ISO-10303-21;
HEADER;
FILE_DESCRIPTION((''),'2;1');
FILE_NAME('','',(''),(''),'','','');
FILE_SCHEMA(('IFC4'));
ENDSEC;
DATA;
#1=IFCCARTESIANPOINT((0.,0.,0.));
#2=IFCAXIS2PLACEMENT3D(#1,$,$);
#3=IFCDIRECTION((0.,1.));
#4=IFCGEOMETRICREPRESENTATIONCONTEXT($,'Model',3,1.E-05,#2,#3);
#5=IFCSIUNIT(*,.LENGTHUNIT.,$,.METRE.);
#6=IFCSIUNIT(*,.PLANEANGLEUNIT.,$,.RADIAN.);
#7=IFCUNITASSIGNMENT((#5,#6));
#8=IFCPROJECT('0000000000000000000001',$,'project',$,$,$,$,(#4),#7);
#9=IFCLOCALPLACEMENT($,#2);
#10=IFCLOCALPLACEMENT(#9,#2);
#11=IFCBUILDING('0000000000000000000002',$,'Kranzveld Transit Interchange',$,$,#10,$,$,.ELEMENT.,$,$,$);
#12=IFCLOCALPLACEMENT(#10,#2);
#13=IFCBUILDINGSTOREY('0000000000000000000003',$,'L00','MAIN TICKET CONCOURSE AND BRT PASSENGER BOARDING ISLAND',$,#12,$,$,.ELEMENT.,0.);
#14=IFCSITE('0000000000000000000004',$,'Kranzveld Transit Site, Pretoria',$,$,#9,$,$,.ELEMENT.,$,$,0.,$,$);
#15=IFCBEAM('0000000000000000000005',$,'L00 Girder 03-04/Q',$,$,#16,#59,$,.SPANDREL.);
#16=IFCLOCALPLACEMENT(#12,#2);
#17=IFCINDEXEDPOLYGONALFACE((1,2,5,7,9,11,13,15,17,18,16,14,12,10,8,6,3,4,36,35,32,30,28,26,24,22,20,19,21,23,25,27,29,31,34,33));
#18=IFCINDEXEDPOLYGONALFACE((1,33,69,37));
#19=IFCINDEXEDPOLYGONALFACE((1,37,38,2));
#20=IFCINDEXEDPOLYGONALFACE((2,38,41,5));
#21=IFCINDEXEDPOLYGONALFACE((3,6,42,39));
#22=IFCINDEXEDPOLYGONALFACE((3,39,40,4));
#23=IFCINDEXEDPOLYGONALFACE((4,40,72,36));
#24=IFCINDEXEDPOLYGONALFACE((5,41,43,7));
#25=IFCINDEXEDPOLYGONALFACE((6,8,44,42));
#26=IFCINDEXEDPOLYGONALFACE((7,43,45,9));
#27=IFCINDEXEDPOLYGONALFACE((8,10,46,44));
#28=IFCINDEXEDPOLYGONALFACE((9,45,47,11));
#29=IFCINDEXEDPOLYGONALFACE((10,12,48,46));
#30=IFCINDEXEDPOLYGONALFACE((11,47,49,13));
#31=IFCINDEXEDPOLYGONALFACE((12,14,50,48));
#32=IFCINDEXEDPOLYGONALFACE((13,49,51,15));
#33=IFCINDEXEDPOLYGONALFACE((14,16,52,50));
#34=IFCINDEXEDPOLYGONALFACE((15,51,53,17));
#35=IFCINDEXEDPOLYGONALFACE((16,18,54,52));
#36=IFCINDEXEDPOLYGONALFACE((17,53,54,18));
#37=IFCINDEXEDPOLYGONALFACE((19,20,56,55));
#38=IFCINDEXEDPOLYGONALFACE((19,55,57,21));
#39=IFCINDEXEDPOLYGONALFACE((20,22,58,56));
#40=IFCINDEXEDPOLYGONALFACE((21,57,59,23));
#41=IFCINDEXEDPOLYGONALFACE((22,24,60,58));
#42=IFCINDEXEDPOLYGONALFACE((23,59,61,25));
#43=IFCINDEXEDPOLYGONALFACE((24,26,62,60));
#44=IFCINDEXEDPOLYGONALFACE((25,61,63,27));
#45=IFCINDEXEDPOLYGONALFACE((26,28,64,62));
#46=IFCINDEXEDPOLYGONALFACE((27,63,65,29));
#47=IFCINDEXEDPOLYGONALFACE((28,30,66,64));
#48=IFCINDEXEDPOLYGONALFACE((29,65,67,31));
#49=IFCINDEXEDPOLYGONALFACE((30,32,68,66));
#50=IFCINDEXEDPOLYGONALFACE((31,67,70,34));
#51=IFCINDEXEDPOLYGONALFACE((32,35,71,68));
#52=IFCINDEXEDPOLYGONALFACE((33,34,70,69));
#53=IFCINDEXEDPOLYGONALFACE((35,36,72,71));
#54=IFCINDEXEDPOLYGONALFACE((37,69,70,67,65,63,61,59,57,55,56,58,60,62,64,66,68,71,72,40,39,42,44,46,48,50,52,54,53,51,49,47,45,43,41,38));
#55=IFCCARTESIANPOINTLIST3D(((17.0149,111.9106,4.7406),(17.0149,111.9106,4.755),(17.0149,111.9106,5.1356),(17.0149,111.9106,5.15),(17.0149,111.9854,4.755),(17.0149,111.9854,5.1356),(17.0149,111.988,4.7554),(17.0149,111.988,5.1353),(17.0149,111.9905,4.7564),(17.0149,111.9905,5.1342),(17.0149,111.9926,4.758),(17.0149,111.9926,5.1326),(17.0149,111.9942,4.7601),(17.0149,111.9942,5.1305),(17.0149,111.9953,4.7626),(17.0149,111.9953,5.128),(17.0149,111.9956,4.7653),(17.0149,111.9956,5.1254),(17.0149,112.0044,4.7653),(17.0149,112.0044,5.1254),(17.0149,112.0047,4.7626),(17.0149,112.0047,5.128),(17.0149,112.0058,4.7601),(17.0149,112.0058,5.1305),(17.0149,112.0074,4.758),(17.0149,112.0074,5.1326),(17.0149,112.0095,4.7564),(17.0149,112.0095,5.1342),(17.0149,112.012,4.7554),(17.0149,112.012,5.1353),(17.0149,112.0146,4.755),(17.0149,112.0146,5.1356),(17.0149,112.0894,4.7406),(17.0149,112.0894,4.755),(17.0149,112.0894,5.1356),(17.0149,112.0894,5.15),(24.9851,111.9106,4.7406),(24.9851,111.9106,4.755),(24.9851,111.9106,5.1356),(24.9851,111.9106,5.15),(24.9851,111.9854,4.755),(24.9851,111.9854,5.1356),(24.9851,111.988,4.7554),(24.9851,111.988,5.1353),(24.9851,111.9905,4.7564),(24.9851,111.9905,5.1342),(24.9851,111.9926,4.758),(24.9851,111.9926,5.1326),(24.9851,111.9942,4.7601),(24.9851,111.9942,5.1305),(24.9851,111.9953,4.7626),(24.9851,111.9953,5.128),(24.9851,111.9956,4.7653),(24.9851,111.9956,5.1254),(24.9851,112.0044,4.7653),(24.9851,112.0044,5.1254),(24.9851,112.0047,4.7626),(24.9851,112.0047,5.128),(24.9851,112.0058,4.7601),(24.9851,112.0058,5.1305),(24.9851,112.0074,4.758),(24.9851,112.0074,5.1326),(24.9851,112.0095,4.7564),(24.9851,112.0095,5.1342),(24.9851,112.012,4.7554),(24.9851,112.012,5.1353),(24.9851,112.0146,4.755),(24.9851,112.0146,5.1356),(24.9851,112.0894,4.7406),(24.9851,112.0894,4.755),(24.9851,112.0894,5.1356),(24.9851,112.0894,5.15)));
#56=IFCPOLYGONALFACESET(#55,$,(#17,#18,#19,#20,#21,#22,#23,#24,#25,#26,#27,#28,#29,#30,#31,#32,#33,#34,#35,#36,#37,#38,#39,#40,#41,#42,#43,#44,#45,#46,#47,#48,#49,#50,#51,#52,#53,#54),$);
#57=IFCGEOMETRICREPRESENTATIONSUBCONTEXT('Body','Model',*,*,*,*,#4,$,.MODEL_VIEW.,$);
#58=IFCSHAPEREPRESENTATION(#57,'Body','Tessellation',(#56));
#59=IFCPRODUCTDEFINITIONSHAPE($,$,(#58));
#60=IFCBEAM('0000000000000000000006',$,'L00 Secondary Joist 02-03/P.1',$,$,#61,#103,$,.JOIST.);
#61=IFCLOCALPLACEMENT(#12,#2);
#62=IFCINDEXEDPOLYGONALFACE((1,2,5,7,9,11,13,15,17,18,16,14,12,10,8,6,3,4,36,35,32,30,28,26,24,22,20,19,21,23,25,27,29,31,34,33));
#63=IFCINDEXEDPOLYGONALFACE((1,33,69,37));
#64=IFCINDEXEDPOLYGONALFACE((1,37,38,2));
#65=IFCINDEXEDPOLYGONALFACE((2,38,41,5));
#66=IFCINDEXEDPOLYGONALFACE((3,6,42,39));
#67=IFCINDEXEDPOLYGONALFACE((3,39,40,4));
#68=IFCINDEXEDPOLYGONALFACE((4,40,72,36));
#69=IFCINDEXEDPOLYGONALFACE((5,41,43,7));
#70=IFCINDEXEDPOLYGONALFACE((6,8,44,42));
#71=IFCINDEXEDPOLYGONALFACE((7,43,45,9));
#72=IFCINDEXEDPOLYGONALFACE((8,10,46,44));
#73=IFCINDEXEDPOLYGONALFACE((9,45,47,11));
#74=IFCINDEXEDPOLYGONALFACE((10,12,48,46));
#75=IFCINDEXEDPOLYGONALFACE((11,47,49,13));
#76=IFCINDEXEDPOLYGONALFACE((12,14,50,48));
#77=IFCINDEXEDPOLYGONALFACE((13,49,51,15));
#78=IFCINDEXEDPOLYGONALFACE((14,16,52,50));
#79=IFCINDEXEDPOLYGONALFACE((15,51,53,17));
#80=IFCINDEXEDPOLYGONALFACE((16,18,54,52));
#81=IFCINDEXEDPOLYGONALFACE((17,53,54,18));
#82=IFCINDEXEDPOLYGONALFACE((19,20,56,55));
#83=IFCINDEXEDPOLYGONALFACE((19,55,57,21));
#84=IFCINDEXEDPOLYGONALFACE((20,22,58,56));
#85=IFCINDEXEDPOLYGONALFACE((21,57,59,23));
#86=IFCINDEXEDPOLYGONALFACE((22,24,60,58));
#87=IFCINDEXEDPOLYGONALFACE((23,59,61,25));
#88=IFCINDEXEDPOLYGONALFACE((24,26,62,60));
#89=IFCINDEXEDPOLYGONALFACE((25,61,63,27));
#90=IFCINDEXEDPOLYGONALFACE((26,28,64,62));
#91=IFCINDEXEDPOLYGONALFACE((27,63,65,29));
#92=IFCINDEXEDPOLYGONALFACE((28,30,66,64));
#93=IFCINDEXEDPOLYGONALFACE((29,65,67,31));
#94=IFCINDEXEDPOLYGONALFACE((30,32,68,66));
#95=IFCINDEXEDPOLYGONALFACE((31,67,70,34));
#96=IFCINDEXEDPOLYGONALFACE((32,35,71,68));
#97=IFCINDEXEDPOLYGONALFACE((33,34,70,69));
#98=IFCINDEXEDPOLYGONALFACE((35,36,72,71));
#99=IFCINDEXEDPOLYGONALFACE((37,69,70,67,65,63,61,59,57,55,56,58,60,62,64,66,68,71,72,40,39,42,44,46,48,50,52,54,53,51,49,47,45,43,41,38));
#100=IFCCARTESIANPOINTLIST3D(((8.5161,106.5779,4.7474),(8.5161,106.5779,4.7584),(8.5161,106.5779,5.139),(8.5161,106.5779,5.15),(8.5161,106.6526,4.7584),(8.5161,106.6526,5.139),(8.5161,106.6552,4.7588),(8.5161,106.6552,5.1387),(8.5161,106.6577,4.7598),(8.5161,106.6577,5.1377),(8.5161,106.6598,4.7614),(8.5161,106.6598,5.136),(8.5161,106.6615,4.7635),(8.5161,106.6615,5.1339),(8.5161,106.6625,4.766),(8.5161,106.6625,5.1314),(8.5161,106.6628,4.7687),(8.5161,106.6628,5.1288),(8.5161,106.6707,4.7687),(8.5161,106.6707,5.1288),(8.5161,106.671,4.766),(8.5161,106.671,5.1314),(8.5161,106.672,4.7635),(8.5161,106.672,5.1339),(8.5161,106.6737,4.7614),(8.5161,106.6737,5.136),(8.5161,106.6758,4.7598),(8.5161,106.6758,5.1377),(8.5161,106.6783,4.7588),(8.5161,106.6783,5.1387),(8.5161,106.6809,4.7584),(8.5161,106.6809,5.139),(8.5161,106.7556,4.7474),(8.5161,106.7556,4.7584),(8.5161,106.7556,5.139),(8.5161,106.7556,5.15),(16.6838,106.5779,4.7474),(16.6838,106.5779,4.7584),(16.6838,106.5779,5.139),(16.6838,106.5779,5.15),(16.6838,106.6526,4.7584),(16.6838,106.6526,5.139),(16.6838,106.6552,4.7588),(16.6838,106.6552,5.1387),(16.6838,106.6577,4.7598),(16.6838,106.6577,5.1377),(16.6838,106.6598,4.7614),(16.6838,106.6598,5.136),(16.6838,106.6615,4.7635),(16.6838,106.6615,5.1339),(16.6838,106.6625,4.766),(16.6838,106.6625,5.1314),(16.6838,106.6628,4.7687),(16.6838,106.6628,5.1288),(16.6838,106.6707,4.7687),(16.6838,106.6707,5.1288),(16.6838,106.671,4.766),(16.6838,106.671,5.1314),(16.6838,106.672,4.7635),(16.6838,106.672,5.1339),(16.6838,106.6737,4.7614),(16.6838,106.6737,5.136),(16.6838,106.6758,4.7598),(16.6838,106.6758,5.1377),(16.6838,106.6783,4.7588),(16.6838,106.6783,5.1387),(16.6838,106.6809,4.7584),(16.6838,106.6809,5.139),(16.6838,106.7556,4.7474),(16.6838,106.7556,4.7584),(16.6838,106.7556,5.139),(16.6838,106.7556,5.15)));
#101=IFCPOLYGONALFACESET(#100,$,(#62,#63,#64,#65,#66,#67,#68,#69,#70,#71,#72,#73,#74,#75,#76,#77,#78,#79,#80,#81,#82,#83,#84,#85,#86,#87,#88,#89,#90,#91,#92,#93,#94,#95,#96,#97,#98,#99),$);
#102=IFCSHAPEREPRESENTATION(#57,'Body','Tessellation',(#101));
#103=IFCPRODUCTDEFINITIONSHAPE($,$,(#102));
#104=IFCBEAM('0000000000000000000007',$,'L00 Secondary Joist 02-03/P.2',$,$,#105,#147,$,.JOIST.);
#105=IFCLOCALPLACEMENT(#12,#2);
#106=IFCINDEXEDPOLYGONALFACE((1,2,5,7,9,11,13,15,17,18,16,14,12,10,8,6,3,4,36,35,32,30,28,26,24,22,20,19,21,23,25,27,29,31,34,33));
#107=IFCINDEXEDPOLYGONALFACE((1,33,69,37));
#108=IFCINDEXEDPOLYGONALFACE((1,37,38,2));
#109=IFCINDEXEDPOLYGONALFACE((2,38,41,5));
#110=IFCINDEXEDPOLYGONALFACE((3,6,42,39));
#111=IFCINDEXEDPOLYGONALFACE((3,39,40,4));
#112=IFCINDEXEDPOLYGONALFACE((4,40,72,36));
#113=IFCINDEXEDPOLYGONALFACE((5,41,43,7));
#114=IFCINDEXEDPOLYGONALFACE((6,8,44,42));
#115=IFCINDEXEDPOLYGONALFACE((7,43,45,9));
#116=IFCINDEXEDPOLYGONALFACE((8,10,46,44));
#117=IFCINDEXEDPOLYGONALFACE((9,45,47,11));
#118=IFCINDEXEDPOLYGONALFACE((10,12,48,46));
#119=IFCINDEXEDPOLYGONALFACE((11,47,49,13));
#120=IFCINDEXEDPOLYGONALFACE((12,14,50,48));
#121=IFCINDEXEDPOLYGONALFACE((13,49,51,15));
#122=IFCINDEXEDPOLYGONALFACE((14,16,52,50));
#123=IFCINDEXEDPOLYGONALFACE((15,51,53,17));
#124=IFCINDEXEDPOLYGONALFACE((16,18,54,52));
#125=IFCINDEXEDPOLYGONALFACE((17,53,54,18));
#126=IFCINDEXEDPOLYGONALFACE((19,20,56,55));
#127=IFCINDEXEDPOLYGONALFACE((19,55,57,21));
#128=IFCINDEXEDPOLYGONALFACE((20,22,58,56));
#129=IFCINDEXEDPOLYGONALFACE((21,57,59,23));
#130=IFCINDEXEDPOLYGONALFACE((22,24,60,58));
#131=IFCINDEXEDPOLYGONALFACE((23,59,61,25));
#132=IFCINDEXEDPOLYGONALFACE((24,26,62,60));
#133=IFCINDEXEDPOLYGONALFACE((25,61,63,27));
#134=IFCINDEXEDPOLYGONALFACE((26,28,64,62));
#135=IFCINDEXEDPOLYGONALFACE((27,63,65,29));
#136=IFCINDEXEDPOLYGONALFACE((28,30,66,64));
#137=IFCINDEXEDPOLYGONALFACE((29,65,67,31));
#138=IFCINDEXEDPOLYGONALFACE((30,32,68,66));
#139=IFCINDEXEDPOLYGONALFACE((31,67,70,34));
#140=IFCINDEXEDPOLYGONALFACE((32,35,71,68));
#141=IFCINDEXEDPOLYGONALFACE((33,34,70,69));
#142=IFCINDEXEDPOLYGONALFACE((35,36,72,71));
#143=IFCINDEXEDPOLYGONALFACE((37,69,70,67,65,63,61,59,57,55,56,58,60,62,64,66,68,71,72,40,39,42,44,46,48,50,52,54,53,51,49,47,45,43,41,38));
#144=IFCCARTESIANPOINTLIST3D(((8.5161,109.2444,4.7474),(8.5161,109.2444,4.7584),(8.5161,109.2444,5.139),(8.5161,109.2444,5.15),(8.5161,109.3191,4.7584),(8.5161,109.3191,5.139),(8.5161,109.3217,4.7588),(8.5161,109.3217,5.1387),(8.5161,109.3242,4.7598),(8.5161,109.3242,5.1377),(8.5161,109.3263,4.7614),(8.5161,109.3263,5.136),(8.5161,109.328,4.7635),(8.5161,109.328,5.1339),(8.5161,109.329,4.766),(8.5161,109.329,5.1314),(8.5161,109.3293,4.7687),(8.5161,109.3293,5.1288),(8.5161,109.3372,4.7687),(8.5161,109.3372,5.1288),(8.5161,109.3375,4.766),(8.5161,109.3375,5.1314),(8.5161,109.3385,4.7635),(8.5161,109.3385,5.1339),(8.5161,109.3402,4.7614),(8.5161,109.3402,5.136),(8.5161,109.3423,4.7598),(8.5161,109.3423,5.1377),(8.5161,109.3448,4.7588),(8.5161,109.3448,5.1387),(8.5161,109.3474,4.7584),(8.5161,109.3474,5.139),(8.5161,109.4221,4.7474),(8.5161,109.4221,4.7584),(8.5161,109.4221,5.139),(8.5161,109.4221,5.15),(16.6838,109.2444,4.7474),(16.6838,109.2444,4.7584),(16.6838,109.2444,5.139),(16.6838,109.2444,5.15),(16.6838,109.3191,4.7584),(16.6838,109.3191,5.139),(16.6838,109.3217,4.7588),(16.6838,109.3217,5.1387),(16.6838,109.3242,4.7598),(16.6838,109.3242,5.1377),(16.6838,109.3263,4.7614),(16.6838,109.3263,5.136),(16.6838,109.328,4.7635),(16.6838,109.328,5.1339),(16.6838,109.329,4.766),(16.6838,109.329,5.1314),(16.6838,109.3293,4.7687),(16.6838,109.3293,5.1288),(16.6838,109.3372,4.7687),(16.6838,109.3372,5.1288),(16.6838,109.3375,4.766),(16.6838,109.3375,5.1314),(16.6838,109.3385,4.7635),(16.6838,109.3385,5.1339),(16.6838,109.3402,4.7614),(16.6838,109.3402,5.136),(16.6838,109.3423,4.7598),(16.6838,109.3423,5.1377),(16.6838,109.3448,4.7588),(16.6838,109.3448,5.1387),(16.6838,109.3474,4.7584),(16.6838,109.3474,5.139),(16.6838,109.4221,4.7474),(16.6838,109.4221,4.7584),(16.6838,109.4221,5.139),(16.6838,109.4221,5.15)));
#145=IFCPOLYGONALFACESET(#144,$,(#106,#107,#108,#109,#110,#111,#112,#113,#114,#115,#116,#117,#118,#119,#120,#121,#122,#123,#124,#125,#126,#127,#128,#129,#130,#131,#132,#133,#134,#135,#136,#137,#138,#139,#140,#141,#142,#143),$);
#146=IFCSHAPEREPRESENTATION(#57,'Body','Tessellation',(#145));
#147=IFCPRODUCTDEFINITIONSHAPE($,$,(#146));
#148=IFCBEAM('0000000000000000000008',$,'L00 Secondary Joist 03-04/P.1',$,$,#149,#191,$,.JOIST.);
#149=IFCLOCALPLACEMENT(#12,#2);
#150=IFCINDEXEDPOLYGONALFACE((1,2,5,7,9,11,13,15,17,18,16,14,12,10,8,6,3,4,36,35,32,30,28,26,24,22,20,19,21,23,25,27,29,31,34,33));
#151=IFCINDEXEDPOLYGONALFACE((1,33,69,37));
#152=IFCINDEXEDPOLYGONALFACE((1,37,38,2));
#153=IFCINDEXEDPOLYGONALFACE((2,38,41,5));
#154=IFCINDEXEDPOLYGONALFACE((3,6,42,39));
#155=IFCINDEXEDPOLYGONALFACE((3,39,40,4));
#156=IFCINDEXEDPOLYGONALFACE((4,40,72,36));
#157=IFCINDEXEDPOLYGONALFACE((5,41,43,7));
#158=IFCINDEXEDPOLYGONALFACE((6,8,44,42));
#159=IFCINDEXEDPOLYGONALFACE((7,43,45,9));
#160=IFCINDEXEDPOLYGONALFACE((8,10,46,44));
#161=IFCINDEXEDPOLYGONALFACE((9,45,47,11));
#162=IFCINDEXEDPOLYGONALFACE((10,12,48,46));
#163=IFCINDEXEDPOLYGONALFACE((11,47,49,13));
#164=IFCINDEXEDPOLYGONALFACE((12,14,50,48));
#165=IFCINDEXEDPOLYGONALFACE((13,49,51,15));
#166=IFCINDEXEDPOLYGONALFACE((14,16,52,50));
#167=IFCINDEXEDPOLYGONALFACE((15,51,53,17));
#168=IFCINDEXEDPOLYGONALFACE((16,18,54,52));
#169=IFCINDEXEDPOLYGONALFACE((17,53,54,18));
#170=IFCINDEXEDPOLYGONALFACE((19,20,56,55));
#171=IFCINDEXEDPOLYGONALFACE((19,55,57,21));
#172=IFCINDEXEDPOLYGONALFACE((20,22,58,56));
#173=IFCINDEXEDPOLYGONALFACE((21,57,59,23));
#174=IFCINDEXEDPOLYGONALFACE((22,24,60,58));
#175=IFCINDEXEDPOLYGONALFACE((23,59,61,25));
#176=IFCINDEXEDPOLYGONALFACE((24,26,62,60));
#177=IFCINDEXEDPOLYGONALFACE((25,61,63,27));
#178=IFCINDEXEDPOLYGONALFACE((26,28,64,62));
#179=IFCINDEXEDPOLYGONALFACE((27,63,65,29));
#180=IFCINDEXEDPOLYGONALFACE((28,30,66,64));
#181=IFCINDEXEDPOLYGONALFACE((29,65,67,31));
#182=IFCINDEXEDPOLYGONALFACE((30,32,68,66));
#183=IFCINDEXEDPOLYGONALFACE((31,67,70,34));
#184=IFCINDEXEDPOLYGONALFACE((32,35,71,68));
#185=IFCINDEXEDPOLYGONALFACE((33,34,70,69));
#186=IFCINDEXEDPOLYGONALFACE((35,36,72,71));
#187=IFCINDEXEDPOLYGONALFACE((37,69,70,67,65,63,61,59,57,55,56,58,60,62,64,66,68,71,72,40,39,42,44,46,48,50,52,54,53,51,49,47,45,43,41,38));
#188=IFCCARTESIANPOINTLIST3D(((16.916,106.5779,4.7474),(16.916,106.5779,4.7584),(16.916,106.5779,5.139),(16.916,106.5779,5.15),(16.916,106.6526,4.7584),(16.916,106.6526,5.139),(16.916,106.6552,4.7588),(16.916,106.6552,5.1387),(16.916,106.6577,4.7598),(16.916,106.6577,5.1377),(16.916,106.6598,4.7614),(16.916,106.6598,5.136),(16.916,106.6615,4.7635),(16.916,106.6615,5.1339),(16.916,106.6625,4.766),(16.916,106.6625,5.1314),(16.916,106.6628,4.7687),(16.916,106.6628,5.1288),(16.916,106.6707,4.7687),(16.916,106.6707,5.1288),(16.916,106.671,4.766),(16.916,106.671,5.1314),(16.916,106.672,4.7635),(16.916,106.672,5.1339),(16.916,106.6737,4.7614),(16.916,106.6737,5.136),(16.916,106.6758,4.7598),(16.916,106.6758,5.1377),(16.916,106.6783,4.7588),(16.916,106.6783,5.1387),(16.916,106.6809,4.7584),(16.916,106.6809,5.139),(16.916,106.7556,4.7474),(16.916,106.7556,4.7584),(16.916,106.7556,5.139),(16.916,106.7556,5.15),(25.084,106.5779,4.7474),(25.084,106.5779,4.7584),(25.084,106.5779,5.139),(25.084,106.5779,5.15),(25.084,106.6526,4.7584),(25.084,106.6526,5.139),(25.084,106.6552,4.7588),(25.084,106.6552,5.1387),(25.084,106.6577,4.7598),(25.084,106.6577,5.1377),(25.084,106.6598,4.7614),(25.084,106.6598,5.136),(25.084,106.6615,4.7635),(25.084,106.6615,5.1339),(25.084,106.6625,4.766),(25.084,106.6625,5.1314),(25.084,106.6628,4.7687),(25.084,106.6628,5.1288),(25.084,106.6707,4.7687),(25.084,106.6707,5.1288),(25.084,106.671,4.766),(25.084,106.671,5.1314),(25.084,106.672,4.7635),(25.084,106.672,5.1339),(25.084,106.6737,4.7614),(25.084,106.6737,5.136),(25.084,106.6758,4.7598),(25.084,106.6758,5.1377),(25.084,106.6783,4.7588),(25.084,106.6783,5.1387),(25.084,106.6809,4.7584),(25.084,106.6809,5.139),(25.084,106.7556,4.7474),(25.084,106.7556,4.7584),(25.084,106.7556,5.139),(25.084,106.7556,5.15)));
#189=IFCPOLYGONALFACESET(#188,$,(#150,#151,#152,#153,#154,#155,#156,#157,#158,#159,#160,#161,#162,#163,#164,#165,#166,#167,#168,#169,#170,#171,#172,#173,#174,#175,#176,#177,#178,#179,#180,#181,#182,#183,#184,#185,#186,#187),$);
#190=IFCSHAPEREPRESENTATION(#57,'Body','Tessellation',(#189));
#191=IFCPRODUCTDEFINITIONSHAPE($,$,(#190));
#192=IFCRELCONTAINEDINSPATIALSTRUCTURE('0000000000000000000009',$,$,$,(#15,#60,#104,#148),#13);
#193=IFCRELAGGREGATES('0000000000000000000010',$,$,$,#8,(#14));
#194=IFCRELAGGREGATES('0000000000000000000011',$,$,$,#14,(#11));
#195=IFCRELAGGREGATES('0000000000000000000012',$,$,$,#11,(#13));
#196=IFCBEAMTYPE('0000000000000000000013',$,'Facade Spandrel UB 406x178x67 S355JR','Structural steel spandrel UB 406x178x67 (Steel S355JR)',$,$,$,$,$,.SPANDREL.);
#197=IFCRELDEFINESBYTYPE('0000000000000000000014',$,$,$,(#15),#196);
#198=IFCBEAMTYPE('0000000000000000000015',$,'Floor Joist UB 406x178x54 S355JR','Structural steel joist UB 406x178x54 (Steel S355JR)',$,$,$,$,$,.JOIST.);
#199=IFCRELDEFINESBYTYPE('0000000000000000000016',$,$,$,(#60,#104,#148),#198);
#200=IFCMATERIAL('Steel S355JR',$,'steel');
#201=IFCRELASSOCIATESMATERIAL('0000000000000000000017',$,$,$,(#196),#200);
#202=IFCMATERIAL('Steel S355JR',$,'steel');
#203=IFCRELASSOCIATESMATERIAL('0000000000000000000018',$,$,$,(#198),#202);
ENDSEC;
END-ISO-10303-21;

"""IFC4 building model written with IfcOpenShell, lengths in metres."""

from ifc_helpers import new_model, si_unit, direction, frame, origin, origin_2d, place, context, subcontext, project, spatial, i_section, extrude, material, material_profile, profile_set, type_object, element, save


model = new_model("IFC4")

# Units and contexts
model_context = context("Model", 3, precision=1e-05, world=origin(), true_north=direction((0.0, 1.0)))
body_context = subcontext(model_context, "Body", "Model", "MODEL_VIEW")
ifc_project = project(units=[si_unit("LENGTHUNIT", "METRE"), si_unit("PLANEANGLEUNIT", "RADIAN")], contexts=[model_context])

# Site, building, storey
site_placement = place(None, origin())
site = spatial("IfcSite", under=ifc_project, at=site_placement, Name="Kranzveld Transit Site, Pretoria", CompositionType="ELEMENT", RefElevation=0.0)
building_placement = place(site_placement, origin())
building = spatial("IfcBuilding", under=site, at=building_placement, Name="Kranzveld Transit Interchange", CompositionType="ELEMENT")
storey_placement = place(building_placement, origin())
storey = spatial("IfcBuildingStorey", under=building, at=storey_placement, Name="L00", Description="MAIN TICKET CONCOURSE AND BRT PASSENGER BOARDING ISLAND", CompositionType="ELEMENT", Elevation=0.0)

# Beams
ifc_material_1 = material(Name="Steel S355JR", Category="steel")
ifc_material_profile_1 = material_profile(ifc_material_1, i_section(OverallWidth=0.1787, OverallDepth=0.4094, WebThickness=0.0088, FlangeThickness=0.0144, FilletRadius=0.0103, at=origin_2d()), Name="UB 406x178x67")
ifc_profile_set_1 = profile_set([ifc_material_profile_1], Name="Steel S355JR")
beam_type_1 = type_object("IfcBeamType", Name="Facade Spandrel UB 406x178x67 S355JR", Description="Structural steel spandrel UB 406x178x67 (Steel S355JR)", PredefinedType="SPANDREL", material=ifc_profile_set_1)
beam_1_placement = place(storey_placement, frame((17.0149, 112.0, 4.9453), z_axis=(1.0, 0.0, 0.0), x_axis=(0.0, 1.0, 0.0)))
element("IfcBeam", 1, at=beam_1_placement, inside=storey, type_object=beam_type_1, Name="L00 Girder 03-04/Q", PredefinedType="SPANDREL", context=body_context, shape_type="SweptSolid", body=[
    extrude(i_section(OverallWidth=0.1787, OverallDepth=0.4094, WebThickness=0.0088, FlangeThickness=0.0144, FilletRadius=0.0103, at=origin_2d()), origin(), (0.0, 0.0, 1.0), 7.9702),
])
ifc_material_2 = material(Name="Steel S355JR", Category="steel")
ifc_material_profile_2 = material_profile(ifc_material_2, i_section(OverallWidth=0.1777, OverallDepth=0.4026, WebThickness=0.0078, FlangeThickness=0.011, FilletRadius=0.0103, at=origin_2d()), Name="UB 406x178x54")
ifc_profile_set_2 = profile_set([ifc_material_profile_2], Name="Steel S355JR")
beam_type_2 = type_object("IfcBeamType", Name="Floor Joist UB 406x178x54 S355JR", Description="Structural steel joist UB 406x178x54 (Steel S355JR)", PredefinedType="JOIST", material=ifc_profile_set_2)
for number, where, z_axis, x_axis, name in (
    (2, (8.5161, 106.6667, 4.9487), (1.0, 0.0, 0.0), (0.0, 1.0, 0.0), "L00 Secondary Joist 02-03/P.1"),
    (3, (8.5161, 109.3333, 4.9487), (1.0, 0.0, 0.0), (0.0, 1.0, 0.0), "L00 Secondary Joist 02-03/P.2"),
):
    element("IfcBeam", number, at=place(storey_placement, frame(where, z_axis=z_axis, x_axis=x_axis)), inside=storey, type_object=beam_type_2, Name=name, PredefinedType="JOIST", context=body_context, shape_type="SweptSolid", body=[
        extrude(i_section(OverallWidth=0.1777, OverallDepth=0.4026, WebThickness=0.0078, FlangeThickness=0.011, FilletRadius=0.0103, at=origin_2d()), origin(), (0.0, 0.0, 1.0), 8.1677),
    ])
for number, where, z_axis, x_axis, name in (
    (4, (16.916, 106.6667, 4.9487), (1.0, 0.0, 0.0), (0.0, 1.0, 0.0), "L00 Secondary Joist 03-04/P.1"),
):
    element("IfcBeam", number, at=place(storey_placement, frame(where, z_axis=z_axis, x_axis=x_axis)), inside=storey, type_object=beam_type_2, Name=name, PredefinedType="JOIST", context=body_context, shape_type="SweptSolid", body=[
        extrude(i_section(OverallWidth=0.1777, OverallDepth=0.4026, WebThickness=0.0078, FlangeThickness=0.011, FilletRadius=0.0103, at=origin_2d()), origin(), (0.0, 0.0, 1.0), 8.168),
    ])

save(model, "model.ifc")
